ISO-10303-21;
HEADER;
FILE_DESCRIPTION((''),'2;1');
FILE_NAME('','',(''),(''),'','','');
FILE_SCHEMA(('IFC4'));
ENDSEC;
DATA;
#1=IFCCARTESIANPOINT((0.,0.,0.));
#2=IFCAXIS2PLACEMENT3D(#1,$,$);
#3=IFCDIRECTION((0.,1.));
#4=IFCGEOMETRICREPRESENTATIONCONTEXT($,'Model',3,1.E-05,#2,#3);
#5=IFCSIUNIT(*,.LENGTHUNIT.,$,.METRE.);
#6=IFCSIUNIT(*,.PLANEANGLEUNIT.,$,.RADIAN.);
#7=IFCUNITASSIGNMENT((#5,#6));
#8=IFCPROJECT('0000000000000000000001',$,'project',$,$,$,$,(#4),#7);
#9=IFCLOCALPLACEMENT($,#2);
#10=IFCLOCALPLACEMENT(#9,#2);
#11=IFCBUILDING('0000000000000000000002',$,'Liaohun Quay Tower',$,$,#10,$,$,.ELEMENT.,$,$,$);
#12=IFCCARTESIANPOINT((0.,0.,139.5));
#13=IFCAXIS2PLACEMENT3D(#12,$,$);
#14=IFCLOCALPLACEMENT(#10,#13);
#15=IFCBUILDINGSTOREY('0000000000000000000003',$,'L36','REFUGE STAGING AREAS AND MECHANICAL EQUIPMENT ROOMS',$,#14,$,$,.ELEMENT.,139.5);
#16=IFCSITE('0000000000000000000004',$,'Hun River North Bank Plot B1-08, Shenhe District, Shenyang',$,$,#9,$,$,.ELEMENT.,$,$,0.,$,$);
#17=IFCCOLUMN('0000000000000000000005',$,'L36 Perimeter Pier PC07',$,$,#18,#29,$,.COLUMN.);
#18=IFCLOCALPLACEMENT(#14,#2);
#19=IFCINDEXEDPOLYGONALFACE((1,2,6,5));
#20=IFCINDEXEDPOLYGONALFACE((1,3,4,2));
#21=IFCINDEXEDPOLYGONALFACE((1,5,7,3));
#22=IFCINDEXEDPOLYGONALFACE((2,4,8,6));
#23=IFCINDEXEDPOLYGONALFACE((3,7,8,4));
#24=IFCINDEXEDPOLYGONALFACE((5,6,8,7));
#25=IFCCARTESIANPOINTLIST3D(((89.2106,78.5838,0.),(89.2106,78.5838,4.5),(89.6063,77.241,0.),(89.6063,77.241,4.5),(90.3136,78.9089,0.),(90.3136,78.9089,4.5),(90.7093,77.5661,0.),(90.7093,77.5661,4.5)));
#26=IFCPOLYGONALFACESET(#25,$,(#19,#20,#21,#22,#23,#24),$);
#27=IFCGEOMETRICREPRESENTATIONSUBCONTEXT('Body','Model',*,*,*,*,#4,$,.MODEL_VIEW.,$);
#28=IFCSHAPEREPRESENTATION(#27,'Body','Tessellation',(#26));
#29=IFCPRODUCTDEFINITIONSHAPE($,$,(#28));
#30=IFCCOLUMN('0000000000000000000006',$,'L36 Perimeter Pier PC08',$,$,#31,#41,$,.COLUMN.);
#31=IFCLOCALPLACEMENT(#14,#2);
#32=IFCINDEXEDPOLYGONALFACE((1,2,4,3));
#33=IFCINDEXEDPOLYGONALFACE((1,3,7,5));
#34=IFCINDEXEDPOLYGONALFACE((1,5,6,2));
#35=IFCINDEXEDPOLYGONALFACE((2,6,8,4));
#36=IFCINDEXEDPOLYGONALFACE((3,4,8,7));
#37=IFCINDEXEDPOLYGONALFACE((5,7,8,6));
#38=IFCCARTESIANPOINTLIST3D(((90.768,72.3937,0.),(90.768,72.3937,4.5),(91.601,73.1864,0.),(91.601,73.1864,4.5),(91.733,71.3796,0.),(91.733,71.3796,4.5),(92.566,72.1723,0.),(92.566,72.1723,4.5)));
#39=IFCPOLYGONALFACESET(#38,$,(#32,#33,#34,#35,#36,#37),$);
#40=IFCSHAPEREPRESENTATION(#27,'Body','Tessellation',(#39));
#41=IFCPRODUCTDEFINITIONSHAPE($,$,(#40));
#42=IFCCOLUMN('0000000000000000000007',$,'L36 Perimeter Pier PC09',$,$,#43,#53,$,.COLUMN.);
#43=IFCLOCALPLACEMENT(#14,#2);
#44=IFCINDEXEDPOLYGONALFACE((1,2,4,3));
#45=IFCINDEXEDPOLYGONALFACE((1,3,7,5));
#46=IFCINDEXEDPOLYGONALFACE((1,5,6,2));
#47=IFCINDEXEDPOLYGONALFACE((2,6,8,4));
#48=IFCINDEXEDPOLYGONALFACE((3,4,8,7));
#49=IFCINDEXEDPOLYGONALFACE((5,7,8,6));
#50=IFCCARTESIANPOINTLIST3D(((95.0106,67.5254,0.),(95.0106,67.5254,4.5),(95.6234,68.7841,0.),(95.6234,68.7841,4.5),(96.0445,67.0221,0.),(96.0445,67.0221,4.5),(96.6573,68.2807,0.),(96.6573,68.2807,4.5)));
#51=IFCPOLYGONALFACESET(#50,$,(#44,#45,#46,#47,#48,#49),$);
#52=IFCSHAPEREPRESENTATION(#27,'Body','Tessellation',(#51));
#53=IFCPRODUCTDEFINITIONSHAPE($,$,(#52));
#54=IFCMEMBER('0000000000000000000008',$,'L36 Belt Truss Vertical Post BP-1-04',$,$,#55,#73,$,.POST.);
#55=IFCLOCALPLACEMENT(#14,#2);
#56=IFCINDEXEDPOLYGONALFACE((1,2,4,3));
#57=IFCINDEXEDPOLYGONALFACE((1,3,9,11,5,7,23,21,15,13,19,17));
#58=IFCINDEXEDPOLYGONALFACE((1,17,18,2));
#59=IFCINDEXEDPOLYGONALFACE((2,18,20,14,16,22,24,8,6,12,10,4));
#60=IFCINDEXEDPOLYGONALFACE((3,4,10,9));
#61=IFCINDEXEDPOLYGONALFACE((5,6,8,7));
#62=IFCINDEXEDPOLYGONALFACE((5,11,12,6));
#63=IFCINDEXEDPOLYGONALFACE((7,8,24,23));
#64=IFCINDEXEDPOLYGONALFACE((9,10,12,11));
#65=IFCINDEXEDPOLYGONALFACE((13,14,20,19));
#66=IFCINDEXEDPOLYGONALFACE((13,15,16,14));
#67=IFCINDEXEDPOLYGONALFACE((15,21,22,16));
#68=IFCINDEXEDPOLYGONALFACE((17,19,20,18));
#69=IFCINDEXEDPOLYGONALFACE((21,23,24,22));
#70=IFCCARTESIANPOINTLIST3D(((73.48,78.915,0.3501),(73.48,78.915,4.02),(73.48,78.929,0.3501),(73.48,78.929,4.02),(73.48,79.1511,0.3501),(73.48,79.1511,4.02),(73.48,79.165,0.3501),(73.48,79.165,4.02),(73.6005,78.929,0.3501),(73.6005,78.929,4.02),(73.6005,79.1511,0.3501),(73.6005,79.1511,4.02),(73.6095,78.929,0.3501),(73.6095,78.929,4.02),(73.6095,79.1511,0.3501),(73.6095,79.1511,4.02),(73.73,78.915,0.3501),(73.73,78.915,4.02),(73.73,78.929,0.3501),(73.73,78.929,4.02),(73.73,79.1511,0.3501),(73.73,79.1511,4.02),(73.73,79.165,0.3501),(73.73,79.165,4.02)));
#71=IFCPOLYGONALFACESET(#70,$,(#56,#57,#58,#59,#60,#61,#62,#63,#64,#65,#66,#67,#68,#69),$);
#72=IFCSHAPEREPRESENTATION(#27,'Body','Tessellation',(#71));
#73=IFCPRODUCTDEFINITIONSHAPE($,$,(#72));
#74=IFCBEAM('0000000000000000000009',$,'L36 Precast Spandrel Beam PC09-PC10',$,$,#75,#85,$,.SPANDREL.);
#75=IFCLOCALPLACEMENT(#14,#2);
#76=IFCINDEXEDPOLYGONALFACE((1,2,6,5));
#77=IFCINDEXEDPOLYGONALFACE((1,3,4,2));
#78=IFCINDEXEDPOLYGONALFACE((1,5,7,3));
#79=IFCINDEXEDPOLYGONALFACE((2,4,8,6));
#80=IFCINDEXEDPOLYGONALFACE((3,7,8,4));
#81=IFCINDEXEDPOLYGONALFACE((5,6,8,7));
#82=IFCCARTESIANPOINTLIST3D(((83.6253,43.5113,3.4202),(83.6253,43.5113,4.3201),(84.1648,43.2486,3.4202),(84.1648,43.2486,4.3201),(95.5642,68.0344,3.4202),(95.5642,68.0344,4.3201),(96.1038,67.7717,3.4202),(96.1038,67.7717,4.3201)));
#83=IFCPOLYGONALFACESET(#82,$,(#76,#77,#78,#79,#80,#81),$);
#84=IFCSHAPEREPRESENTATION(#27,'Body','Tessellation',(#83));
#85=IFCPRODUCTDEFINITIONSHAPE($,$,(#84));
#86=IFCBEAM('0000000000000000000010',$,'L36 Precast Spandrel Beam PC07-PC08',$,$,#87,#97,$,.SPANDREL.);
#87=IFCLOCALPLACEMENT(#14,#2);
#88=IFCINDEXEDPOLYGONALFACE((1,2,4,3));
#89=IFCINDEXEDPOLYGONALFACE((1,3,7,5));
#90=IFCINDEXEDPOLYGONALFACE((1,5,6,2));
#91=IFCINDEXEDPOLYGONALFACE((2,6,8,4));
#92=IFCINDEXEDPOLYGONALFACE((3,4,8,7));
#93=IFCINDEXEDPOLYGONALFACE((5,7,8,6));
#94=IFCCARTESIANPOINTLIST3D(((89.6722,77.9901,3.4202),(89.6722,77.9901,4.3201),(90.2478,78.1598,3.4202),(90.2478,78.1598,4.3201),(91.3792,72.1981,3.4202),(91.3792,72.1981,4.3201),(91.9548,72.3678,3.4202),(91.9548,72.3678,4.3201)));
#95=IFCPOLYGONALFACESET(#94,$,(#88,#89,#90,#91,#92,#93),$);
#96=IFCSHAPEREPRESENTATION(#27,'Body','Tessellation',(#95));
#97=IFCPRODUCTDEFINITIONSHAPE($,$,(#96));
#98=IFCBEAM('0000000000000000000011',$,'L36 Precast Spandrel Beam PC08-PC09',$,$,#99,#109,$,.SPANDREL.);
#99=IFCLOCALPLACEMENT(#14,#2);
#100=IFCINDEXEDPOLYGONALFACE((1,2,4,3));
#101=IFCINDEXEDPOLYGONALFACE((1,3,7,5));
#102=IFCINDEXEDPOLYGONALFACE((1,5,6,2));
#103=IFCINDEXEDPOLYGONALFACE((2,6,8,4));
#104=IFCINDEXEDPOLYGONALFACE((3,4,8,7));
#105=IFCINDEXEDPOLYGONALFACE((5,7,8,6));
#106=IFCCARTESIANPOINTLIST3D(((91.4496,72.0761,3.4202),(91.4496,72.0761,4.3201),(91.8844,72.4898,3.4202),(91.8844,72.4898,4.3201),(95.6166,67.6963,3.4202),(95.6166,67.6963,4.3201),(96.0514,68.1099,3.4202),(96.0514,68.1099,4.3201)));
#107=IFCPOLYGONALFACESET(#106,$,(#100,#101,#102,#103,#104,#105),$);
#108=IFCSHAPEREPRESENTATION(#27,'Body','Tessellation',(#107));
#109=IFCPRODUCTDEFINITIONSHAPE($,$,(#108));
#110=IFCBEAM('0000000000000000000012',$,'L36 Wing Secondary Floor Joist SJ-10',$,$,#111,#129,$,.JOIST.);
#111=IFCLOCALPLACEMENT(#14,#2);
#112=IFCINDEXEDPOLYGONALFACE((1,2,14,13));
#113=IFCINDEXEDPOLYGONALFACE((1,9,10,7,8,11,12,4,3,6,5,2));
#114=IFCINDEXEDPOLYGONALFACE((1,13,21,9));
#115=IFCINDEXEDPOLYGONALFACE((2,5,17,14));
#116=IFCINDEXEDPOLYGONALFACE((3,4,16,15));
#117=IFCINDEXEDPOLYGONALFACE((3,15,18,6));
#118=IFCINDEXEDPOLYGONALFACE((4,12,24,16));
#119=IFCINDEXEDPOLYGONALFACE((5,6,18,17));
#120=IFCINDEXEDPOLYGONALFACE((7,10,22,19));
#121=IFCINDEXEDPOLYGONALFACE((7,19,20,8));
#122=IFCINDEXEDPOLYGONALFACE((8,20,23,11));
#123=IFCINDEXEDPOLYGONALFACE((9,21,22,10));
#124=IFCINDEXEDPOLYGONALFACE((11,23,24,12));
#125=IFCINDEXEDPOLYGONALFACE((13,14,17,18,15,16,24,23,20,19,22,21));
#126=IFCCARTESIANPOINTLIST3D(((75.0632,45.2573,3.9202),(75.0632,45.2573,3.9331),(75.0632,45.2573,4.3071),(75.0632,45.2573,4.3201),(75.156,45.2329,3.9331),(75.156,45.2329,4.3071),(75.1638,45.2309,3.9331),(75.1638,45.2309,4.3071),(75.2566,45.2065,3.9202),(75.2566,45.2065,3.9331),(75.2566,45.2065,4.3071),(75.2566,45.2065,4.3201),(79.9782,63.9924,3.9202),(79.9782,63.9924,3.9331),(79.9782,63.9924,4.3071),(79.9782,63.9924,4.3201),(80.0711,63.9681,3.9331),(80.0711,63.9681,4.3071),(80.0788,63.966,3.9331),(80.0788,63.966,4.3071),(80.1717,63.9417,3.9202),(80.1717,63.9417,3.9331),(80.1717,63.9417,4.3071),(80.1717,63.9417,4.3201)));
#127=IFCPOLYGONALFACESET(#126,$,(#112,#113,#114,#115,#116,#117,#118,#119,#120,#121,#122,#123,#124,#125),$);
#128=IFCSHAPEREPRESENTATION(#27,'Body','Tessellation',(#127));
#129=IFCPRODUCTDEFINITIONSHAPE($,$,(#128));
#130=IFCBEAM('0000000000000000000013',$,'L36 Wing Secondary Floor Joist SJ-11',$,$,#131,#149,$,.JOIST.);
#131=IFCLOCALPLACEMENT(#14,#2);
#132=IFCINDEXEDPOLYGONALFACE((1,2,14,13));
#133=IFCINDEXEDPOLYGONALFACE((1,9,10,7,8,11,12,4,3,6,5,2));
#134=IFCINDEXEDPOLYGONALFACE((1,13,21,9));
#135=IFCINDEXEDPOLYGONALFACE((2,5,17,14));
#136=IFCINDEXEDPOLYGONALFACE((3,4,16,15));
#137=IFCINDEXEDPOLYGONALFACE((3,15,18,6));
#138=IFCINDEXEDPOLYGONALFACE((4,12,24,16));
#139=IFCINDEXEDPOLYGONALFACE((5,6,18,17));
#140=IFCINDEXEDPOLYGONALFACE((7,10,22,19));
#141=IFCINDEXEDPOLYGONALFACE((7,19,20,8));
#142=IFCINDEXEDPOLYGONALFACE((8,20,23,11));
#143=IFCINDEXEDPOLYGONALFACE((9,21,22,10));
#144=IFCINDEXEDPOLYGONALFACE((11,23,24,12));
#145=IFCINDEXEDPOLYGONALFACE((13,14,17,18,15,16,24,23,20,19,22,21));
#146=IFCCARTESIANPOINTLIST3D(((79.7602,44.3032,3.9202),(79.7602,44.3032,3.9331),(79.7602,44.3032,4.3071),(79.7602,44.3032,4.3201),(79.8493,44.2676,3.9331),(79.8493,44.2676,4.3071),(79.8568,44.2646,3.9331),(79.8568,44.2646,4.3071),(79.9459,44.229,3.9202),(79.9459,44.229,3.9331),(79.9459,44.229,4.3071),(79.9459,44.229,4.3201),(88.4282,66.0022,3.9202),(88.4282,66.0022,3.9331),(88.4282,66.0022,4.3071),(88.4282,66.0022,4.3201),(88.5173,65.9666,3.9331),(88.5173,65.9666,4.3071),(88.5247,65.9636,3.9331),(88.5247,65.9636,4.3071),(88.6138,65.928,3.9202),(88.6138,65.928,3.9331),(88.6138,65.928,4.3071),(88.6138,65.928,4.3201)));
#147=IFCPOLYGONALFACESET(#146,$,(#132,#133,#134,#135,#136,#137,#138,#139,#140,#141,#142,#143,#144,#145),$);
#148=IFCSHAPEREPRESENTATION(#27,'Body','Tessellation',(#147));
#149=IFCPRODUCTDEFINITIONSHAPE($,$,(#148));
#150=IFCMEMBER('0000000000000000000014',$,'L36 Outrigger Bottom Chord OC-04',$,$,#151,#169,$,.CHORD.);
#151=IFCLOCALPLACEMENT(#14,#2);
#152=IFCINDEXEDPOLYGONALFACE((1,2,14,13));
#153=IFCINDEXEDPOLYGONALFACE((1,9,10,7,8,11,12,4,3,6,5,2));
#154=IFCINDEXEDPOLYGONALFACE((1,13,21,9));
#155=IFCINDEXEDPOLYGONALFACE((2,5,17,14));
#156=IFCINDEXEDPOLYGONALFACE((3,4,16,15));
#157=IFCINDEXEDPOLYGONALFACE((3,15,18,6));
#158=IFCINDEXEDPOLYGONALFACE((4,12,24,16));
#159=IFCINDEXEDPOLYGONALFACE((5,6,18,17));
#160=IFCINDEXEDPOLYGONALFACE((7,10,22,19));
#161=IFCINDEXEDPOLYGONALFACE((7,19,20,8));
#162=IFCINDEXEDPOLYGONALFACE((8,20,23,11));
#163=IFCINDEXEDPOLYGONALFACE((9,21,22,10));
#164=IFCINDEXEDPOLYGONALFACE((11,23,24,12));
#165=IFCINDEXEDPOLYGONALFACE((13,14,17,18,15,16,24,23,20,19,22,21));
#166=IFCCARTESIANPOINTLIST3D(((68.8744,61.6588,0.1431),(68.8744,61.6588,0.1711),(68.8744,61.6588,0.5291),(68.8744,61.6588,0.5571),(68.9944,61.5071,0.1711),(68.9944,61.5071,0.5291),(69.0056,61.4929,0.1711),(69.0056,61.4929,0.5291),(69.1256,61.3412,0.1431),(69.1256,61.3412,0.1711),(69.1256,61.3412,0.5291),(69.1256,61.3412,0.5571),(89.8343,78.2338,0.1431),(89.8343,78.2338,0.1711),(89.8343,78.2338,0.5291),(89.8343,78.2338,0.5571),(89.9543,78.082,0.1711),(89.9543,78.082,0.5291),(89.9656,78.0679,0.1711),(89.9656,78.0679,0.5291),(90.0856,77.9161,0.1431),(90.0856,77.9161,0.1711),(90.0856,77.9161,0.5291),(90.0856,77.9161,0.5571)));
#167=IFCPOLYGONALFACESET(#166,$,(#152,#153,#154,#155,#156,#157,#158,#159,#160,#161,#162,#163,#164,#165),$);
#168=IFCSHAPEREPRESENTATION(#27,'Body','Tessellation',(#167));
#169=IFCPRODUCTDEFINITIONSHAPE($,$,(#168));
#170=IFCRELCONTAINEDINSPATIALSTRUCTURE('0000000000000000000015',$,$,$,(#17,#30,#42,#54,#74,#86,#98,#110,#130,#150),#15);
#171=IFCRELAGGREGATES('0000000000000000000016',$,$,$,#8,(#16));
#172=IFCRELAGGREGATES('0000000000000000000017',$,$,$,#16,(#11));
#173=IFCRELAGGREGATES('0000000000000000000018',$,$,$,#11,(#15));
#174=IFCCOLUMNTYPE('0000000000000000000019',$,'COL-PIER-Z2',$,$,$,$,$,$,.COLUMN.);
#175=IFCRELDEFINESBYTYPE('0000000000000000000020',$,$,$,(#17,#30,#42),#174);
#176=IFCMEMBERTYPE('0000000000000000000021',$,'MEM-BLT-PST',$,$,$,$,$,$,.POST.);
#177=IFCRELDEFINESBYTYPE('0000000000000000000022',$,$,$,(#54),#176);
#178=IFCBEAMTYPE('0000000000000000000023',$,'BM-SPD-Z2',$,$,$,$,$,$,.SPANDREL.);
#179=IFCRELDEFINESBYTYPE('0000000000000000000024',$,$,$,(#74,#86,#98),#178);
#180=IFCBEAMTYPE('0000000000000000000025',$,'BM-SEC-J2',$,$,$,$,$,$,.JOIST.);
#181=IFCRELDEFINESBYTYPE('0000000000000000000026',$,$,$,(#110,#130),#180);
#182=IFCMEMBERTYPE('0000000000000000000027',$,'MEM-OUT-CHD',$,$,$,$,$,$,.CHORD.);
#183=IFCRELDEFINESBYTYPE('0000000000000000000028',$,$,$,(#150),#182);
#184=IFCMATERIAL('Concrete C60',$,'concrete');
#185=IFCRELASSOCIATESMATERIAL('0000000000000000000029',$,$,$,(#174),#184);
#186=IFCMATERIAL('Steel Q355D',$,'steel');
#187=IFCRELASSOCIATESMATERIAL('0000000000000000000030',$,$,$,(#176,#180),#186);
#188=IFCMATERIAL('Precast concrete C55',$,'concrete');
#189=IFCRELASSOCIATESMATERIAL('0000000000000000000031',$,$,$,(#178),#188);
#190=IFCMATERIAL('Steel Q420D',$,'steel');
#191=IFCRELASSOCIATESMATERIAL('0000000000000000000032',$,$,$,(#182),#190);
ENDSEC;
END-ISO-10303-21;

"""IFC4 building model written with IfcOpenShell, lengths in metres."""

from ifc_helpers import new_model, si_unit, direction, frame, origin, origin_2d, place, context, subcontext, project, spatial, rectangle, i_section, extrude, source, transform, mapped, material, material_profile, profile_set, type_object, element, save


model = new_model("IFC4")

# Units and contexts
model_context = context("Model", 3, precision=1e-05, world=origin(), true_north=direction((0.0, 1.0)))
body_context = subcontext(model_context, "Body", "Model", "MODEL_VIEW")
ifc_project = project(units=[si_unit("LENGTHUNIT", "METRE"), si_unit("PLANEANGLEUNIT", "RADIAN")], contexts=[model_context])

# Site, building, storey
site_placement = place(None, origin())
site = spatial("IfcSite", under=ifc_project, at=site_placement, Name="Hun River North Bank Plot B1-08, Shenhe District, Shenyang", CompositionType="ELEMENT", RefElevation=0.0)
building_placement = place(site_placement, origin())
building = spatial("IfcBuilding", under=site, at=building_placement, Name="Liaohun Quay Tower", CompositionType="ELEMENT")
storey_placement = place(building_placement, frame((0.0, 0.0, 139.5)))
storey = spatial("IfcBuildingStorey", under=building, at=storey_placement, Name="L36", Description="REFUGE STAGING AREAS AND MECHANICAL EQUIPMENT ROOMS", CompositionType="ELEMENT", Elevation=139.5)

# Columns
ifc_material_1 = material(Name="Concrete C60", Category="concrete")
ifc_material_profile_1 = material_profile(ifc_material_1, rectangle(XDim=1.3999, YDim=1.1499, at=origin_2d()), Name="RC1400x1150")
ifc_profile_set_1 = profile_set([ifc_material_profile_1], Name="Concrete C60")
column_type = type_object("IfcColumnType", Name="COL-PIER-Z2", PredefinedType="COLUMN", material=ifc_profile_set_1)
shared_shape_1 = source(origin(), body_context, "Body", "SweptSolid", [
    extrude(rectangle(XDim=1.3999, YDim=1.1499, at=origin_2d()), origin(), (0.0, 0.0, 1.0), 4.5),
])
for number, where, z_axis, x_axis, name in (
    (1, (89.96, 78.075, 0.0), (0.0, 0.0, 1.0), (-0.282676, 0.959215, 0.0), "L36 Perimeter Pier PC07"),
    (2, (91.667, 72.283, 0.0), (0.0, 0.0, 1.0), (-0.689367, 0.724413, 0.0), "L36 Perimeter Pier PC08"),
    (3, (95.834, 67.9031, 0.0), (0.0, 0.0, 1.0), (0.437744, 0.8991, 0.0), "L36 Perimeter Pier PC09"),
):
    element("IfcColumn", number, at=place(storey_placement, frame(where, z_axis=z_axis, x_axis=x_axis)), inside=storey, type_object=column_type, Name=name, PredefinedType="COLUMN", context=body_context, shape_type="MappedRepresentation", body=[
        mapped(shared_shape_1, transform((0.0, 0.0, 0.0), x_axis=(1.0, 0.0, 0.0), y_axis=(0.0, 1.0, 0.0), z_axis=(0.0, 0.0, 1.0), scale=1.0)),
    ])

# Member
ifc_material_2 = material(Name="Steel Q355D", Category="steel")
ifc_material_profile_2 = material_profile(ifc_material_2, i_section(OverallWidth=0.25, OverallDepth=0.25, WebThickness=0.009, FlangeThickness=0.0139, at=origin_2d()), Name="HW250x250x9x14")
ifc_profile_set_2 = profile_set([ifc_material_profile_2], Name="Steel Q355D")
member_type_1 = type_object("IfcMemberType", Name="MEM-BLT-PST", PredefinedType="POST", material=ifc_profile_set_2)
shared_shape_2 = source(origin(), body_context, "Body", "SweptSolid", [
    extrude(i_section(OverallWidth=0.25, OverallDepth=0.25, WebThickness=0.009, FlangeThickness=0.0139, at=origin_2d()), origin(), (0.0, 0.0, 1.0), 3.6699),
])
member_1_placement = place(storey_placement, frame((73.605, 79.04, 0.3501), z_axis=(0.0, 0.0, 1.0), x_axis=(1.0, 0.0, 0.0)))
element("IfcMember", 4, at=member_1_placement, inside=storey, type_object=member_type_1, Name="L36 Belt Truss Vertical Post BP-1-04", PredefinedType="POST", context=body_context, shape_type="MappedRepresentation", body=[
    mapped(shared_shape_2, transform((0.0, 0.0, 0.0), x_axis=(1.0, 0.0, 0.0), y_axis=(0.0, 1.0, 0.0), z_axis=(0.0, 0.0, 1.0), scale=1.0)),
])

# Beams
ifc_material_3 = material(Name="Precast concrete C55", Category="concrete")
ifc_material_profile_3 = material_profile(ifc_material_3, rectangle(XDim=0.6001, YDim=0.8999, at=origin_2d()), Name="RC600x900")
ifc_profile_set_3 = profile_set([ifc_material_profile_3], Name="Precast concrete C55")
beam_type_1 = type_object("IfcBeamType", Name="BM-SPD-Z2", PredefinedType="SPANDREL", material=ifc_profile_set_3)
shared_shape_3 = source(origin(), body_context, "Body", "SweptSolid", [
    extrude(rectangle(XDim=0.6001, YDim=0.8999, at=origin_2d()), origin(), (0.0, 0.0, 1.0), 27.2749),
])
beam_1_placement = place(storey_placement, frame((95.834, 67.9031, 3.8701), z_axis=(-0.437725, -0.899109, 0.0), x_axis=(0.899109, -0.437725, 0.0)))
element("IfcBeam", 5, at=beam_1_placement, inside=storey, type_object=beam_type_1, Name="L36 Precast Spandrel Beam PC09-PC10", PredefinedType="SPANDREL", context=body_context, shape_type="MappedRepresentation", body=[
    mapped(shared_shape_3, transform((0.0, 0.0, 0.0), x_axis=(1.0, 0.0, 0.0), y_axis=(0.0, 1.0, 0.0), z_axis=(0.0, 0.0, 1.0), scale=1.0)),
])
shared_shape_4 = source(origin(), body_context, "Body", "SweptSolid", [
    extrude(rectangle(XDim=0.6001, YDim=0.8999, at=origin_2d()), origin(), (0.0, 0.0, 1.0), 6.0383),
])
beam_2_placement = place(storey_placement, frame((89.96, 78.075, 3.8701), z_axis=(0.2827, -0.959208, 0.0), x_axis=(0.959208, 0.2827, 0.0)))
element("IfcBeam", 6, at=beam_2_placement, inside=storey, type_object=beam_type_1, Name="L36 Precast Spandrel Beam PC07-PC08", PredefinedType="SPANDREL", context=body_context, shape_type="MappedRepresentation", body=[
    mapped(shared_shape_4, transform((0.0, 0.0, 0.0), x_axis=(1.0, 0.0, 0.0), y_axis=(0.0, 1.0, 0.0), z_axis=(0.0, 0.0, 1.0), scale=1.0)),
])
shared_shape_5 = source(origin(), body_context, "Body", "SweptSolid", [
    extrude(rectangle(XDim=0.6001, YDim=0.8999, at=origin_2d()), origin(), (0.0, 0.0, 1.0), 6.0454),
])
beam_3_placement = place(storey_placement, frame((91.667, 72.283, 3.8701), z_axis=(0.68928, -0.724495, 0.0), x_axis=(0.724495, 0.68928, 0.0)))
element("IfcBeam", 7, at=beam_3_placement, inside=storey, type_object=beam_type_1, Name="L36 Precast Spandrel Beam PC08-PC09", PredefinedType="SPANDREL", context=body_context, shape_type="MappedRepresentation", body=[
    mapped(shared_shape_5, transform((0.0, 0.0, 0.0), x_axis=(1.0, 0.0, 0.0), y_axis=(0.0, 1.0, 0.0), z_axis=(0.0, 0.0, 1.0), scale=1.0)),
])
ifc_material_profile_4 = material_profile(ifc_material_2, i_section(OverallWidth=0.2, OverallDepth=0.3999, WebThickness=0.0081, FlangeThickness=0.0129, at=origin_2d()), Name="HN400x200x8x13")
ifc_profile_set_4 = profile_set([ifc_material_profile_4], Name="Steel Q355D")
beam_type_2 = type_object("IfcBeamType", Name="BM-SEC-J2", PredefinedType="JOIST", material=ifc_profile_set_4)
shared_shape_6 = source(origin(), body_context, "Body", "SweptSolid", [
    extrude(i_section(OverallWidth=0.2, OverallDepth=0.3999, WebThickness=0.0081, FlangeThickness=0.0129, at=origin_2d()), origin(), (0.0, 0.0, 1.0), 19.3691),
])
beam_4_placement = place(storey_placement, frame((80.075, 63.967, 4.1201), z_axis=(-0.253757, -0.967268, 0.0), x_axis=(0.967268, -0.253757, 0.0)))
element("IfcBeam", 8, at=beam_4_placement, inside=storey, type_object=beam_type_2, Name="L36 Wing Secondary Floor Joist SJ-10", PredefinedType="JOIST", context=body_context, shape_type="MappedRepresentation", body=[
    mapped(shared_shape_6, transform((0.0, 0.0, 0.0), x_axis=(1.0, 0.0, 0.0), y_axis=(0.0, 1.0, 0.0), z_axis=(0.0, 0.0, 1.0), scale=1.0)),
])
shared_shape_7 = source(origin(), body_context, "Body", "SweptSolid", [
    extrude(i_section(OverallWidth=0.2, OverallDepth=0.3999, WebThickness=0.0081, FlangeThickness=0.0129, at=origin_2d()), origin(), (0.0, 0.0, 1.0), 23.3662),
])
beam_5_placement = place(storey_placement, frame((88.521, 65.9651, 4.1201), z_axis=(-0.370962, -0.928648, 0.0), x_axis=(0.928648, -0.370962, 0.0)))
element("IfcBeam", 9, at=beam_5_placement, inside=storey, type_object=beam_type_2, Name="L36 Wing Secondary Floor Joist SJ-11", PredefinedType="JOIST", context=body_context, shape_type="MappedRepresentation", body=[
    mapped(shared_shape_7, transform((0.0, 0.0, 0.0), x_axis=(1.0, 0.0, 0.0), y_axis=(0.0, 1.0, 0.0), z_axis=(0.0, 0.0, 1.0), scale=1.0)),
])

# Member
ifc_material_4 = material(Name="Steel Q420D", Category="steel")
ifc_material_profile_5 = material_profile(ifc_material_4, i_section(OverallWidth=0.405, OverallDepth=0.4141, WebThickness=0.0181, FlangeThickness=0.0281, at=origin_2d()), Name="HW414x405x18x28")
ifc_profile_set_5 = profile_set([ifc_material_profile_5], Name="Steel Q420D")
member_type_2 = type_object("IfcMemberType", Name="MEM-OUT-CHD", PredefinedType="CHORD", material=ifc_profile_set_5)
shared_shape_8 = source(origin(), body_context, "Body", "SweptSolid", [
    extrude(i_section(OverallWidth=0.405, OverallDepth=0.4141, WebThickness=0.0181, FlangeThickness=0.0281, at=origin_2d()), origin(), (0.0, 0.0, 1.0), 26.7217),
])
member_2_placement = place(storey_placement, frame((69.0, 61.5, 0.3501), z_axis=(0.78438, 0.620281, 0.0), x_axis=(-0.620281, 0.78438, 0.0)))
element("IfcMember", 10, at=member_2_placement, inside=storey, type_object=member_type_2, Name="L36 Outrigger Bottom Chord OC-04", PredefinedType="CHORD", context=body_context, shape_type="MappedRepresentation", body=[
    mapped(shared_shape_8, transform((0.0, 0.0, 0.0), x_axis=(1.0, 0.0, 0.0), y_axis=(0.0, 1.0, 0.0), z_axis=(0.0, 0.0, 1.0), scale=1.0)),
])

save(model, "model.ifc")
